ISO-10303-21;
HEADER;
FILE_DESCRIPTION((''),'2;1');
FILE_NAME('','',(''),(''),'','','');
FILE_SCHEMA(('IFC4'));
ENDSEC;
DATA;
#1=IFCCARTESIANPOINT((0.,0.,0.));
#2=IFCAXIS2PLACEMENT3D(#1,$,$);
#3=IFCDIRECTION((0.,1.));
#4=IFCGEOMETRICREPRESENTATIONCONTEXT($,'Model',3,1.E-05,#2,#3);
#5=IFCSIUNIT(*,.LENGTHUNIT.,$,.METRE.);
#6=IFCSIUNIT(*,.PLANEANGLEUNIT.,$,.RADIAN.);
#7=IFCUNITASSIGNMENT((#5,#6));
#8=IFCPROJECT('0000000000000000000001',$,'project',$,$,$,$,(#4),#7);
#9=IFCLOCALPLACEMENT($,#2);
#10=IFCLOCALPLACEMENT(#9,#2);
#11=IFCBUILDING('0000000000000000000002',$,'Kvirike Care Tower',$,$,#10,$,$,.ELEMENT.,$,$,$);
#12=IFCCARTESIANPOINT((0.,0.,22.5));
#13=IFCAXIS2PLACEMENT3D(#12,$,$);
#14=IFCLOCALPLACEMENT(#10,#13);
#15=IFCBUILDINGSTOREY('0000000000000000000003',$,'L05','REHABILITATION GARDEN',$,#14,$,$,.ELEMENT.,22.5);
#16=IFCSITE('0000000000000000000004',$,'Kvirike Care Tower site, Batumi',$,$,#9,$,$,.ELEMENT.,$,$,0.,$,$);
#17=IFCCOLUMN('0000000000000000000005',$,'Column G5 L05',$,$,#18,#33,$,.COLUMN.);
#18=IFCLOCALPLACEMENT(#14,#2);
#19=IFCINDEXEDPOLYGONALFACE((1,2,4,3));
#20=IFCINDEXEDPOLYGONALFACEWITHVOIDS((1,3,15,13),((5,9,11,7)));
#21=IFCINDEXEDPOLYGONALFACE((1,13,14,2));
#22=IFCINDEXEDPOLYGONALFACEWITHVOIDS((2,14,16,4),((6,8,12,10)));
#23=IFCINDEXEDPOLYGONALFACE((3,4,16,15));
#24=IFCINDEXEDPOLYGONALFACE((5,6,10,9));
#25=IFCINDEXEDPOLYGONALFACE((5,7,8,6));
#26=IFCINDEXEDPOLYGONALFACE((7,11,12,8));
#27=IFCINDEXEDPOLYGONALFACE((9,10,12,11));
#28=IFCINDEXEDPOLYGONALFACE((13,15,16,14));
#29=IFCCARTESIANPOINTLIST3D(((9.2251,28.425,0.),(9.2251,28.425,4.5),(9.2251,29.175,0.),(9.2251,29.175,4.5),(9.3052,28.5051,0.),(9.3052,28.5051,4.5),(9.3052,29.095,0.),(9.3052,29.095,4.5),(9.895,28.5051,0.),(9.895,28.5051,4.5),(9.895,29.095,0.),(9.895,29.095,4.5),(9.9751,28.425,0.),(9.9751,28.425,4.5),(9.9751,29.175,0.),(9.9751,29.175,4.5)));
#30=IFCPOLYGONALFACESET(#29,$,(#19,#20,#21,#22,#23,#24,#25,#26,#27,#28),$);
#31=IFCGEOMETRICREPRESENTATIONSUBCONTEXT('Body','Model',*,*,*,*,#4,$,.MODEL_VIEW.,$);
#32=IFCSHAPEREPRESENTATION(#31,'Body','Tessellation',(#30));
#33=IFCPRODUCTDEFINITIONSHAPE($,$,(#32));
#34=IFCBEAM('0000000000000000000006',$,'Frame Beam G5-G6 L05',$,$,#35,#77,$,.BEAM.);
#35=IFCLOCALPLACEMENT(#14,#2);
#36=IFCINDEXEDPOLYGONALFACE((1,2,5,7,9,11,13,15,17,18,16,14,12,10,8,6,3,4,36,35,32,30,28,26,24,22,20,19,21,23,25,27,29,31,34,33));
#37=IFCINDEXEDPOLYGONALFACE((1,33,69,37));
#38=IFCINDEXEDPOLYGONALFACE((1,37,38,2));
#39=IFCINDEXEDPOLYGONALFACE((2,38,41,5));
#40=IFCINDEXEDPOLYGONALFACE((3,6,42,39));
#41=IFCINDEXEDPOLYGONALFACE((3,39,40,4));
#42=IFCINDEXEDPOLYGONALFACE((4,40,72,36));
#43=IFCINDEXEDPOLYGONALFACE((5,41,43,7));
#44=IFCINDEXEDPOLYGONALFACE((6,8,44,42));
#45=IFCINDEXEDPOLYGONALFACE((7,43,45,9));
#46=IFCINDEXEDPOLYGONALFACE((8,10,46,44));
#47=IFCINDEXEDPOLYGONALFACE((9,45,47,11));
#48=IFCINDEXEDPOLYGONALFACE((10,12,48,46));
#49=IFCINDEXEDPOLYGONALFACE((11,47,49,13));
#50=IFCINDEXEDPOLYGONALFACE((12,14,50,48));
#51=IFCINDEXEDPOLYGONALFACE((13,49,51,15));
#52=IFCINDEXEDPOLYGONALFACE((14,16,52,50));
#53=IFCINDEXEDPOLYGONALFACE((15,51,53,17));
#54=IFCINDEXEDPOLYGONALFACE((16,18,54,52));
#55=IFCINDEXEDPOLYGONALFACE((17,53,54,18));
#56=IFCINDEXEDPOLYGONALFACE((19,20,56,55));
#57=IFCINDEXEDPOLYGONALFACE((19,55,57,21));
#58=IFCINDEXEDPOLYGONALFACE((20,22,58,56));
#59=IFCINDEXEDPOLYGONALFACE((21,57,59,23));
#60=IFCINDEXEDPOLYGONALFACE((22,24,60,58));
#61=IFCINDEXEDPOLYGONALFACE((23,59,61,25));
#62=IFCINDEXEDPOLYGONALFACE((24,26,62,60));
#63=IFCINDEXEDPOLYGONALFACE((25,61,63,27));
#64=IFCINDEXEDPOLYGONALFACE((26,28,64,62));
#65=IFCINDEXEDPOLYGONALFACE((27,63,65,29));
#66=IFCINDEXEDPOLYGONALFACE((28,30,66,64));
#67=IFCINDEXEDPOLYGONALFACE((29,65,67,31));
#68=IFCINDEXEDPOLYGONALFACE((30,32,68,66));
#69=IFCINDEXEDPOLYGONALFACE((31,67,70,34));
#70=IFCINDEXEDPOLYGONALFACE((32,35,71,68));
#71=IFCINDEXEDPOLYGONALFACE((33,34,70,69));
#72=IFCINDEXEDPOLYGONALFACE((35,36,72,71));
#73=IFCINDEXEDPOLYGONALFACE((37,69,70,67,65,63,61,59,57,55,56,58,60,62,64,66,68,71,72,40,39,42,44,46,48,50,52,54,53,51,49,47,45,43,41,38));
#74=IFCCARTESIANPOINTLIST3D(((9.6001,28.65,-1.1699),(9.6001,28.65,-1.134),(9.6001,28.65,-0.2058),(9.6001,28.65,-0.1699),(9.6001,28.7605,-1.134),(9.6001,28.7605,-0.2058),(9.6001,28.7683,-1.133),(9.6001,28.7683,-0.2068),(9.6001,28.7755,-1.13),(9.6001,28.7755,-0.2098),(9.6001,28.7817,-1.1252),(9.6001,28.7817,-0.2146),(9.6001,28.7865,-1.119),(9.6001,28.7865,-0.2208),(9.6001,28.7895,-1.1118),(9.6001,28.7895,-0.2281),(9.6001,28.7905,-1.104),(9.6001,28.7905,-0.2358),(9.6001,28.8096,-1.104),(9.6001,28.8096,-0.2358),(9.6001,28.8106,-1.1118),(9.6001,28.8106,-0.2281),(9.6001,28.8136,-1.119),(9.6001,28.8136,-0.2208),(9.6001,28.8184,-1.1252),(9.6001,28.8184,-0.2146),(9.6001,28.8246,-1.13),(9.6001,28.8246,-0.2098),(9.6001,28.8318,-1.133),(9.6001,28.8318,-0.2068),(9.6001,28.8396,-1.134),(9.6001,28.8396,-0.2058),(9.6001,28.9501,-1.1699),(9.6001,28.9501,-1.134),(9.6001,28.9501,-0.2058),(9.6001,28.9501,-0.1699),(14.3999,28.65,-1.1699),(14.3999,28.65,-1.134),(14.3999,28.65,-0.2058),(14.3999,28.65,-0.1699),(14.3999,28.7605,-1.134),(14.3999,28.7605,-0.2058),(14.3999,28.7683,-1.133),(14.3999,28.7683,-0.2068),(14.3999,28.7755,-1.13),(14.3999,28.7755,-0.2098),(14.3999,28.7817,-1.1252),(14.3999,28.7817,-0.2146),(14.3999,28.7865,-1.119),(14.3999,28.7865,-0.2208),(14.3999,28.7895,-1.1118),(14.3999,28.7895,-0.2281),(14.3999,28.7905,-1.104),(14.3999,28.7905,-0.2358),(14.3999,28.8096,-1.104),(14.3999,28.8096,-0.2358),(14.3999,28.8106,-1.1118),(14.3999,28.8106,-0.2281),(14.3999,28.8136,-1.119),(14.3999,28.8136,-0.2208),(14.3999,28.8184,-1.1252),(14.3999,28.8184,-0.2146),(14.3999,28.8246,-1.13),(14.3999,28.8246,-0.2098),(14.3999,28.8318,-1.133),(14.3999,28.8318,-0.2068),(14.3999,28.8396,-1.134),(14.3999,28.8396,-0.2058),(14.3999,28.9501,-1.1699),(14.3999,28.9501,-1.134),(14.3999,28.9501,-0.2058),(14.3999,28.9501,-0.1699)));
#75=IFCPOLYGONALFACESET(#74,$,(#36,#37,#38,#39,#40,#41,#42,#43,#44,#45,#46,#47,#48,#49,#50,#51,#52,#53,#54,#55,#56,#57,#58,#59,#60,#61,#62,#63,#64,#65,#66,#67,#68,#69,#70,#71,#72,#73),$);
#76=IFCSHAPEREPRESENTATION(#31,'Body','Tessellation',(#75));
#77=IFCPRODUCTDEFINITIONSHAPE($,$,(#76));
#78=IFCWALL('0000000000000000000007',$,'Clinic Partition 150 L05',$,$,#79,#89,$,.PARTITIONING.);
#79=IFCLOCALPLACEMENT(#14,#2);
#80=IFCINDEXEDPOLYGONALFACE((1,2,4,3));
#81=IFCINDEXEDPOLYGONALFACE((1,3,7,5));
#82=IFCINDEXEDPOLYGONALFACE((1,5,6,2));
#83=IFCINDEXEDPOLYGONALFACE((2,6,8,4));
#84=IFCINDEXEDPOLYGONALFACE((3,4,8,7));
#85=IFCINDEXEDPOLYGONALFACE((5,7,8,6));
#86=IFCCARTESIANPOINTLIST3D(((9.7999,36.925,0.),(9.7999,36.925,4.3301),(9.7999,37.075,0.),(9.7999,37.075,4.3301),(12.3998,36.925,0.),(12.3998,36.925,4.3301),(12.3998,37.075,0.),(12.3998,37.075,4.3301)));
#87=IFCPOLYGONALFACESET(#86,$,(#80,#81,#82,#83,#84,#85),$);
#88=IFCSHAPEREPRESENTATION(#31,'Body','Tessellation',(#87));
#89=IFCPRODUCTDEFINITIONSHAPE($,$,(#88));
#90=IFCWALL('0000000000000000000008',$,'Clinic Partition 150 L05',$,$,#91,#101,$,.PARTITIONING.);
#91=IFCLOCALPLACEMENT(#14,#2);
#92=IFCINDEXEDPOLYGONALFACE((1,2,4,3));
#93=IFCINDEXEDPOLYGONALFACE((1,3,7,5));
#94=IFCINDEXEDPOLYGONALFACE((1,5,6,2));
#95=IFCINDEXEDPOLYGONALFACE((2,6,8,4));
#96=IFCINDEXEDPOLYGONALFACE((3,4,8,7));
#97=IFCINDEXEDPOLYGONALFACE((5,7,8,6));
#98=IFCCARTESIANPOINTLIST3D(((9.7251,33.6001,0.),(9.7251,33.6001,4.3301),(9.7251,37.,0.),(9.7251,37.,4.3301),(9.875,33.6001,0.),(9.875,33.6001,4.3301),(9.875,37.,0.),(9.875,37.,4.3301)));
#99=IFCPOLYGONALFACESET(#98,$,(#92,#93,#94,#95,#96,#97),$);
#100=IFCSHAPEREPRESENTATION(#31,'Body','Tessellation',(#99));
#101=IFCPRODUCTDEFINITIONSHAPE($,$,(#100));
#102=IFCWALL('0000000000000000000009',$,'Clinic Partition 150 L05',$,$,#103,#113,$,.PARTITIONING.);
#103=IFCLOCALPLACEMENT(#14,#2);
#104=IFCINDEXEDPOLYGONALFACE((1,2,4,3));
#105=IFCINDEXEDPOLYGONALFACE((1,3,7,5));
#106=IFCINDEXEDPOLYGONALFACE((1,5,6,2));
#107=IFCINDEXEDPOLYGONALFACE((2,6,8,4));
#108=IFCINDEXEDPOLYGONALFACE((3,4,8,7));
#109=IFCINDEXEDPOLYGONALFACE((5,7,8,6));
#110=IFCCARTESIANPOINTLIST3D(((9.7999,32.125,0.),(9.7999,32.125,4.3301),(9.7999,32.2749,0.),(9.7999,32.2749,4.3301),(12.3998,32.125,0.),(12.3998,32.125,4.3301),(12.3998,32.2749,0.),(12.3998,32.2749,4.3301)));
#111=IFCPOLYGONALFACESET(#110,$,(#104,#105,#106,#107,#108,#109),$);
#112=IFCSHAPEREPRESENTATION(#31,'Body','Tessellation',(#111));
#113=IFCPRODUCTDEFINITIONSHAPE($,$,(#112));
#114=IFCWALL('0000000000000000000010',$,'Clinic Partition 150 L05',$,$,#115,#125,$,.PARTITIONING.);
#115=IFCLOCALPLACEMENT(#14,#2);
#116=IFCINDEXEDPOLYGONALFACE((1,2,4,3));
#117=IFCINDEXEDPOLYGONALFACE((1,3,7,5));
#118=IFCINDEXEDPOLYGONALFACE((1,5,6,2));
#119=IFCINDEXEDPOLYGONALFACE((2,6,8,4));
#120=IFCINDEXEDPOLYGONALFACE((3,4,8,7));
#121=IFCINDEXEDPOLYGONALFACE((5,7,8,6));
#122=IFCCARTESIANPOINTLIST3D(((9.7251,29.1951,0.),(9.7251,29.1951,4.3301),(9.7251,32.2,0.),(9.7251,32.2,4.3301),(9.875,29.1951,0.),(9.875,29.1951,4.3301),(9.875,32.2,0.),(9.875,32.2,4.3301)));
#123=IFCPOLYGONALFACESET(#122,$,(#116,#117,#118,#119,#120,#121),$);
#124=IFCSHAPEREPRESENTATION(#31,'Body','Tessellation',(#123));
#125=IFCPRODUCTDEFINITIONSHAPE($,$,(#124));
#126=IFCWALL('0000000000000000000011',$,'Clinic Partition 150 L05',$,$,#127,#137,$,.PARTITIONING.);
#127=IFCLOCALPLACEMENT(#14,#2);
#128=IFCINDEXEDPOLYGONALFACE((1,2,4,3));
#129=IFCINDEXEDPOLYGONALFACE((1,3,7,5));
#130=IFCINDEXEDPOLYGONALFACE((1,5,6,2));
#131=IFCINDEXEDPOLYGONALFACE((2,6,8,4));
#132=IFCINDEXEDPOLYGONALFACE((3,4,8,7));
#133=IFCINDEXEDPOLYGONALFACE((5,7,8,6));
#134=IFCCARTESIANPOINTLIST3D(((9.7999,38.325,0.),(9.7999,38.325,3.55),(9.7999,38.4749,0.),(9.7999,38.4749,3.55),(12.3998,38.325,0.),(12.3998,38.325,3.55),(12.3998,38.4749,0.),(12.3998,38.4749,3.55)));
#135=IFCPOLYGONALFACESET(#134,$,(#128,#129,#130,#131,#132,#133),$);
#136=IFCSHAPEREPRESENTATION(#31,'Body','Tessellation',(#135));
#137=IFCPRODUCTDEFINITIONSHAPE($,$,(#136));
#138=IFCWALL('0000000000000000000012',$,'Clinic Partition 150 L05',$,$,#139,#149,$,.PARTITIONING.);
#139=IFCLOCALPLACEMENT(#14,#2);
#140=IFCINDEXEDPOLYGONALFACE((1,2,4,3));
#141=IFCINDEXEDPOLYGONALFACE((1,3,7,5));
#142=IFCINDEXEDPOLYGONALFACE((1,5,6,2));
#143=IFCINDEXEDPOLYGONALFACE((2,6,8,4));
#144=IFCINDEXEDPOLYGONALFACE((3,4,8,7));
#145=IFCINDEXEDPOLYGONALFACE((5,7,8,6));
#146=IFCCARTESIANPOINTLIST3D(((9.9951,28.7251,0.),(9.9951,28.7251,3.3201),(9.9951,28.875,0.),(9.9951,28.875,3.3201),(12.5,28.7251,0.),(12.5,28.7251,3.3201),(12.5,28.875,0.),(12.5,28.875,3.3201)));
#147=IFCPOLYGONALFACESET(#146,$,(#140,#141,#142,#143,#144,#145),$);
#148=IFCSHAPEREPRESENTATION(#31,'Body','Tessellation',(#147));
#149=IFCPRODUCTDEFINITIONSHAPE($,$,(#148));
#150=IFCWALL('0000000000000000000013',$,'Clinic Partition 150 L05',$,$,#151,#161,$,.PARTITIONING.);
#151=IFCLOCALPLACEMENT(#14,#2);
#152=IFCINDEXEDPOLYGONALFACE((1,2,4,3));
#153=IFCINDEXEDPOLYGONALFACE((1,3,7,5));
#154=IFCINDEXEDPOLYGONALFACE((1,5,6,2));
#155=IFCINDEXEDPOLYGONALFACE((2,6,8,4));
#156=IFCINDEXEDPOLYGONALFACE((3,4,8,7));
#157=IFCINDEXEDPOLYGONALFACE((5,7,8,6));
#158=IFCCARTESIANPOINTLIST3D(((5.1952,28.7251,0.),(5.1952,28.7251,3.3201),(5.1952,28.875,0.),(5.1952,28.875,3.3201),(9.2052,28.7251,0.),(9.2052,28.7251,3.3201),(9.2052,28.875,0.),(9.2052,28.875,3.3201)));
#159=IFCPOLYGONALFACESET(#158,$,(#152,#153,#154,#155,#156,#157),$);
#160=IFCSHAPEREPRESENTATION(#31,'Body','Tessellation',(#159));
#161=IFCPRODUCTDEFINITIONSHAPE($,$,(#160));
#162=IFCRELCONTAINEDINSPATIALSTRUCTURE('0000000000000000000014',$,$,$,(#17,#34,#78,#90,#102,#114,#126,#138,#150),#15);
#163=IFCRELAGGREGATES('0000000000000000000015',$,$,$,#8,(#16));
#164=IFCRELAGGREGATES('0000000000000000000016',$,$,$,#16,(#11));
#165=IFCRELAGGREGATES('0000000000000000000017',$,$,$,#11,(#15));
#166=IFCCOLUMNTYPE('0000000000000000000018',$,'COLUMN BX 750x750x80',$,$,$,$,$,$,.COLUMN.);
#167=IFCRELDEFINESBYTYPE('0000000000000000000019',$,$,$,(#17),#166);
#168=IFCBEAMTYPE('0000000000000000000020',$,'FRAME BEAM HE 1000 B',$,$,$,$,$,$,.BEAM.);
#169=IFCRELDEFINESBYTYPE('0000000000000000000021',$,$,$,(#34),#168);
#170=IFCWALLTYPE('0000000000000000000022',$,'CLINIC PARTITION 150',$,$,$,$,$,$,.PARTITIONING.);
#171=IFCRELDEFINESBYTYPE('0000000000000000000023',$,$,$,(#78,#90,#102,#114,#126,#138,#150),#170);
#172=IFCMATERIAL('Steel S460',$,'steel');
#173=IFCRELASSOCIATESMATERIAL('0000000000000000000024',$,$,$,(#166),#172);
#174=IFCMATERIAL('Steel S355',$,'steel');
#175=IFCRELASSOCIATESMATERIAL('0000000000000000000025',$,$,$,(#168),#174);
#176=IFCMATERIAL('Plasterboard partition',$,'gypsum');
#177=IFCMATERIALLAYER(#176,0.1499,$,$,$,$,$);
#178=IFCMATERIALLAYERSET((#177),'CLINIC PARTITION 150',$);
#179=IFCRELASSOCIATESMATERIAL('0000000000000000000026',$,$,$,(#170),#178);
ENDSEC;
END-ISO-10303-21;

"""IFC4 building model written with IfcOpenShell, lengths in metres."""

from ifc_helpers import new_model, si_unit, direction, frame, frame_2d, origin, origin_2d, place, context, subcontext, project, spatial, rectangle, hollow_rectangle, i_section, extrude, material, layer, layer_set, material_profile, profile_set, type_object, element, save


model = new_model("IFC4")

# Units and contexts
model_context = context("Model", 3, precision=1e-05, world=origin(), true_north=direction((0.0, 1.0)))
body_context = subcontext(model_context, "Body", "Model", "MODEL_VIEW")
ifc_project = project(units=[si_unit("LENGTHUNIT", "METRE"), si_unit("PLANEANGLEUNIT", "RADIAN")], contexts=[model_context])

# Site, building, storey
site_placement = place(None, origin())
site = spatial("IfcSite", under=ifc_project, at=site_placement, Name="Kvirike Care Tower site, Batumi", CompositionType="ELEMENT", RefElevation=0.0)
building_placement = place(site_placement, origin())
building = spatial("IfcBuilding", under=site, at=building_placement, Name="Kvirike Care Tower", CompositionType="ELEMENT")
storey_placement = place(building_placement, frame((0.0, 0.0, 22.5)))
storey = spatial("IfcBuildingStorey", under=building, at=storey_placement, Name="L05", Description="REHABILITATION GARDEN", CompositionType="ELEMENT", Elevation=22.5)

# Column
ifc_material_1 = material(Name="Steel S460", Category="steel")
ifc_material_profile_1 = material_profile(ifc_material_1, hollow_rectangle(XDim=0.75, YDim=0.75, WallThickness=0.0801, at=origin_2d()), Name="BX 750x750x80")
ifc_profile_set_1 = profile_set([ifc_material_profile_1], Name="Steel S460")
column_type = type_object("IfcColumnType", Name="COLUMN BX 750x750x80", PredefinedType="COLUMN", material=ifc_profile_set_1)
column_placement = place(storey_placement, frame((9.6001, 28.8, 0.0), z_axis=(0.0, 0.0, 1.0), x_axis=(0.0, 1.0, 0.0)))
element("IfcColumn", 1, at=column_placement, inside=storey, type_object=column_type, Name="Column G5 L05", PredefinedType="COLUMN", context=body_context, shape_type="SweptSolid", body=[
    extrude(hollow_rectangle(XDim=0.75, YDim=0.75, WallThickness=0.0801, at=origin_2d()), origin(), (0.0, 0.0, 1.0), 4.5),
])

# Beam
ifc_material_2 = material(Name="Steel S355", Category="steel")
ifc_material_profile_2 = material_profile(ifc_material_2, i_section(OverallWidth=0.3, OverallDepth=1.0, WebThickness=0.019, FlangeThickness=0.0359, FilletRadius=0.03, at=origin_2d()), Name="HE 1000 B")
ifc_profile_set_2 = profile_set([ifc_material_profile_2], Name="Steel S355")
beam_type = type_object("IfcBeamType", Name="FRAME BEAM HE 1000 B", PredefinedType="BEAM", material=ifc_profile_set_2)
beam_placement = place(storey_placement, frame((9.6001, 28.8, -0.6699), z_axis=(1.0, 0.0, 0.0), x_axis=(0.0, 1.0, 0.0)))
element("IfcBeam", 2, at=beam_placement, inside=storey, type_object=beam_type, Name="Frame Beam G5-G6 L05", PredefinedType="BEAM", context=body_context, shape_type="SweptSolid", body=[
    extrude(i_section(OverallWidth=0.3, OverallDepth=1.0, WebThickness=0.019, FlangeThickness=0.0359, FilletRadius=0.03, at=origin_2d()), origin(), (0.0, 0.0, 1.0), 4.7998),
])

# Walls
ifc_material_3 = material(Name="Plasterboard partition", Category="gypsum")
ifc_layer_1 = layer(ifc_material_3, 0.1499)
ifc_layer_set_1 = layer_set([ifc_layer_1], Name="CLINIC PARTITION 150")
wall_type_1 = type_object("IfcWallType", Name="CLINIC PARTITION 150", PredefinedType="PARTITIONING", material=ifc_layer_set_1)
wall_1_placement = place(storey_placement, frame((9.8, 37.0, 0.0), z_axis=(0.0, 0.0, 1.0), x_axis=(1.0, 0.0, 0.0)))
element("IfcWall", 3, at=wall_1_placement, inside=storey, type_object=wall_type_1, Name="Clinic Partition 150 L05", PredefinedType="PARTITIONING", context=body_context, shape_type="SweptSolid", body=[
    extrude(rectangle(XDim=2.5999, YDim=0.1499, at=frame_2d((1.2998, 0.0))), origin(), (0.0, 0.0, 1.0), 4.3301),
])
wall_2_placement = place(storey_placement, frame((9.8, 37.0, 0.0), z_axis=(0.0, 0.0, 1.0), x_axis=(0.0, -1.0, 0.0)))
element("IfcWall", 4, at=wall_2_placement, inside=storey, type_object=wall_type_1, Name="Clinic Partition 150 L05", PredefinedType="PARTITIONING", context=body_context, shape_type="SweptSolid", body=[
    extrude(rectangle(XDim=3.3999, YDim=0.1499, at=frame_2d((1.7, 0.0))), origin(), (0.0, 0.0, 1.0), 4.3301),
])
wall_3_placement = place(storey_placement, frame((9.8, 32.2, 0.0), z_axis=(0.0, 0.0, 1.0), x_axis=(1.0, 0.0, 0.0)))
element("IfcWall", 5, at=wall_3_placement, inside=storey, type_object=wall_type_1, Name="Clinic Partition 150 L05", PredefinedType="PARTITIONING", context=body_context, shape_type="SweptSolid", body=[
    extrude(rectangle(XDim=2.5999, YDim=0.1499, at=frame_2d((1.2998, 0.0))), origin(), (0.0, 0.0, 1.0), 4.3301),
])
wall_4_placement = place(storey_placement, frame((9.8, 32.2, 0.0), z_axis=(0.0, 0.0, 1.0), x_axis=(0.0, -1.0, 0.0)))
element("IfcWall", 6, at=wall_4_placement, inside=storey, type_object=wall_type_1, Name="Clinic Partition 150 L05", PredefinedType="PARTITIONING", context=body_context, shape_type="SweptSolid", body=[
    extrude(rectangle(XDim=3.0049, YDim=0.1499, at=frame_2d((1.5024, 0.0))), origin(), (0.0, 0.0, 1.0), 4.3301),
])
wall_5_placement = place(storey_placement, frame((9.8, 38.3999, 0.0), z_axis=(0.0, 0.0, 1.0), x_axis=(1.0, 0.0, 0.0)))
element("IfcWall", 7, at=wall_5_placement, inside=storey, type_object=wall_type_1, Name="Clinic Partition 150 L05", PredefinedType="PARTITIONING", context=body_context, shape_type="SweptSolid", body=[
    extrude(rectangle(XDim=2.5999, YDim=0.1499, at=frame_2d((1.2998, 0.0))), origin(), (0.0, 0.0, 1.0), 3.55),
])
wall_6_placement = place(storey_placement, frame((12.5, 28.8, 0.0), z_axis=(0.0, 0.0, 1.0), x_axis=(-1.0, 0.0, 0.0)))
element("IfcWall", 8, at=wall_6_placement, inside=storey, type_object=wall_type_1, Name="Clinic Partition 150 L05", PredefinedType="PARTITIONING", context=body_context, shape_type="SweptSolid", body=[
    extrude(rectangle(XDim=2.5049, YDim=0.1499, at=frame_2d((1.2524, 0.0))), origin(), (0.0, 0.0, 1.0), 3.3201),
])
wall_7_placement = place(storey_placement, frame((9.2051, 28.8, 0.0), z_axis=(0.0, 0.0, 1.0), x_axis=(-1.0, 0.0, 0.0)))
element("IfcWall", 9, at=wall_7_placement, inside=storey, type_object=wall_type_1, Name="Clinic Partition 150 L05", PredefinedType="PARTITIONING", context=body_context, shape_type="SweptSolid", body=[
    extrude(rectangle(XDim=4.01, YDim=0.1499, at=frame_2d((2.0049, 0.0))), origin(), (0.0, 0.0, 1.0), 3.3201),
])

save(model, "model.ifc")
